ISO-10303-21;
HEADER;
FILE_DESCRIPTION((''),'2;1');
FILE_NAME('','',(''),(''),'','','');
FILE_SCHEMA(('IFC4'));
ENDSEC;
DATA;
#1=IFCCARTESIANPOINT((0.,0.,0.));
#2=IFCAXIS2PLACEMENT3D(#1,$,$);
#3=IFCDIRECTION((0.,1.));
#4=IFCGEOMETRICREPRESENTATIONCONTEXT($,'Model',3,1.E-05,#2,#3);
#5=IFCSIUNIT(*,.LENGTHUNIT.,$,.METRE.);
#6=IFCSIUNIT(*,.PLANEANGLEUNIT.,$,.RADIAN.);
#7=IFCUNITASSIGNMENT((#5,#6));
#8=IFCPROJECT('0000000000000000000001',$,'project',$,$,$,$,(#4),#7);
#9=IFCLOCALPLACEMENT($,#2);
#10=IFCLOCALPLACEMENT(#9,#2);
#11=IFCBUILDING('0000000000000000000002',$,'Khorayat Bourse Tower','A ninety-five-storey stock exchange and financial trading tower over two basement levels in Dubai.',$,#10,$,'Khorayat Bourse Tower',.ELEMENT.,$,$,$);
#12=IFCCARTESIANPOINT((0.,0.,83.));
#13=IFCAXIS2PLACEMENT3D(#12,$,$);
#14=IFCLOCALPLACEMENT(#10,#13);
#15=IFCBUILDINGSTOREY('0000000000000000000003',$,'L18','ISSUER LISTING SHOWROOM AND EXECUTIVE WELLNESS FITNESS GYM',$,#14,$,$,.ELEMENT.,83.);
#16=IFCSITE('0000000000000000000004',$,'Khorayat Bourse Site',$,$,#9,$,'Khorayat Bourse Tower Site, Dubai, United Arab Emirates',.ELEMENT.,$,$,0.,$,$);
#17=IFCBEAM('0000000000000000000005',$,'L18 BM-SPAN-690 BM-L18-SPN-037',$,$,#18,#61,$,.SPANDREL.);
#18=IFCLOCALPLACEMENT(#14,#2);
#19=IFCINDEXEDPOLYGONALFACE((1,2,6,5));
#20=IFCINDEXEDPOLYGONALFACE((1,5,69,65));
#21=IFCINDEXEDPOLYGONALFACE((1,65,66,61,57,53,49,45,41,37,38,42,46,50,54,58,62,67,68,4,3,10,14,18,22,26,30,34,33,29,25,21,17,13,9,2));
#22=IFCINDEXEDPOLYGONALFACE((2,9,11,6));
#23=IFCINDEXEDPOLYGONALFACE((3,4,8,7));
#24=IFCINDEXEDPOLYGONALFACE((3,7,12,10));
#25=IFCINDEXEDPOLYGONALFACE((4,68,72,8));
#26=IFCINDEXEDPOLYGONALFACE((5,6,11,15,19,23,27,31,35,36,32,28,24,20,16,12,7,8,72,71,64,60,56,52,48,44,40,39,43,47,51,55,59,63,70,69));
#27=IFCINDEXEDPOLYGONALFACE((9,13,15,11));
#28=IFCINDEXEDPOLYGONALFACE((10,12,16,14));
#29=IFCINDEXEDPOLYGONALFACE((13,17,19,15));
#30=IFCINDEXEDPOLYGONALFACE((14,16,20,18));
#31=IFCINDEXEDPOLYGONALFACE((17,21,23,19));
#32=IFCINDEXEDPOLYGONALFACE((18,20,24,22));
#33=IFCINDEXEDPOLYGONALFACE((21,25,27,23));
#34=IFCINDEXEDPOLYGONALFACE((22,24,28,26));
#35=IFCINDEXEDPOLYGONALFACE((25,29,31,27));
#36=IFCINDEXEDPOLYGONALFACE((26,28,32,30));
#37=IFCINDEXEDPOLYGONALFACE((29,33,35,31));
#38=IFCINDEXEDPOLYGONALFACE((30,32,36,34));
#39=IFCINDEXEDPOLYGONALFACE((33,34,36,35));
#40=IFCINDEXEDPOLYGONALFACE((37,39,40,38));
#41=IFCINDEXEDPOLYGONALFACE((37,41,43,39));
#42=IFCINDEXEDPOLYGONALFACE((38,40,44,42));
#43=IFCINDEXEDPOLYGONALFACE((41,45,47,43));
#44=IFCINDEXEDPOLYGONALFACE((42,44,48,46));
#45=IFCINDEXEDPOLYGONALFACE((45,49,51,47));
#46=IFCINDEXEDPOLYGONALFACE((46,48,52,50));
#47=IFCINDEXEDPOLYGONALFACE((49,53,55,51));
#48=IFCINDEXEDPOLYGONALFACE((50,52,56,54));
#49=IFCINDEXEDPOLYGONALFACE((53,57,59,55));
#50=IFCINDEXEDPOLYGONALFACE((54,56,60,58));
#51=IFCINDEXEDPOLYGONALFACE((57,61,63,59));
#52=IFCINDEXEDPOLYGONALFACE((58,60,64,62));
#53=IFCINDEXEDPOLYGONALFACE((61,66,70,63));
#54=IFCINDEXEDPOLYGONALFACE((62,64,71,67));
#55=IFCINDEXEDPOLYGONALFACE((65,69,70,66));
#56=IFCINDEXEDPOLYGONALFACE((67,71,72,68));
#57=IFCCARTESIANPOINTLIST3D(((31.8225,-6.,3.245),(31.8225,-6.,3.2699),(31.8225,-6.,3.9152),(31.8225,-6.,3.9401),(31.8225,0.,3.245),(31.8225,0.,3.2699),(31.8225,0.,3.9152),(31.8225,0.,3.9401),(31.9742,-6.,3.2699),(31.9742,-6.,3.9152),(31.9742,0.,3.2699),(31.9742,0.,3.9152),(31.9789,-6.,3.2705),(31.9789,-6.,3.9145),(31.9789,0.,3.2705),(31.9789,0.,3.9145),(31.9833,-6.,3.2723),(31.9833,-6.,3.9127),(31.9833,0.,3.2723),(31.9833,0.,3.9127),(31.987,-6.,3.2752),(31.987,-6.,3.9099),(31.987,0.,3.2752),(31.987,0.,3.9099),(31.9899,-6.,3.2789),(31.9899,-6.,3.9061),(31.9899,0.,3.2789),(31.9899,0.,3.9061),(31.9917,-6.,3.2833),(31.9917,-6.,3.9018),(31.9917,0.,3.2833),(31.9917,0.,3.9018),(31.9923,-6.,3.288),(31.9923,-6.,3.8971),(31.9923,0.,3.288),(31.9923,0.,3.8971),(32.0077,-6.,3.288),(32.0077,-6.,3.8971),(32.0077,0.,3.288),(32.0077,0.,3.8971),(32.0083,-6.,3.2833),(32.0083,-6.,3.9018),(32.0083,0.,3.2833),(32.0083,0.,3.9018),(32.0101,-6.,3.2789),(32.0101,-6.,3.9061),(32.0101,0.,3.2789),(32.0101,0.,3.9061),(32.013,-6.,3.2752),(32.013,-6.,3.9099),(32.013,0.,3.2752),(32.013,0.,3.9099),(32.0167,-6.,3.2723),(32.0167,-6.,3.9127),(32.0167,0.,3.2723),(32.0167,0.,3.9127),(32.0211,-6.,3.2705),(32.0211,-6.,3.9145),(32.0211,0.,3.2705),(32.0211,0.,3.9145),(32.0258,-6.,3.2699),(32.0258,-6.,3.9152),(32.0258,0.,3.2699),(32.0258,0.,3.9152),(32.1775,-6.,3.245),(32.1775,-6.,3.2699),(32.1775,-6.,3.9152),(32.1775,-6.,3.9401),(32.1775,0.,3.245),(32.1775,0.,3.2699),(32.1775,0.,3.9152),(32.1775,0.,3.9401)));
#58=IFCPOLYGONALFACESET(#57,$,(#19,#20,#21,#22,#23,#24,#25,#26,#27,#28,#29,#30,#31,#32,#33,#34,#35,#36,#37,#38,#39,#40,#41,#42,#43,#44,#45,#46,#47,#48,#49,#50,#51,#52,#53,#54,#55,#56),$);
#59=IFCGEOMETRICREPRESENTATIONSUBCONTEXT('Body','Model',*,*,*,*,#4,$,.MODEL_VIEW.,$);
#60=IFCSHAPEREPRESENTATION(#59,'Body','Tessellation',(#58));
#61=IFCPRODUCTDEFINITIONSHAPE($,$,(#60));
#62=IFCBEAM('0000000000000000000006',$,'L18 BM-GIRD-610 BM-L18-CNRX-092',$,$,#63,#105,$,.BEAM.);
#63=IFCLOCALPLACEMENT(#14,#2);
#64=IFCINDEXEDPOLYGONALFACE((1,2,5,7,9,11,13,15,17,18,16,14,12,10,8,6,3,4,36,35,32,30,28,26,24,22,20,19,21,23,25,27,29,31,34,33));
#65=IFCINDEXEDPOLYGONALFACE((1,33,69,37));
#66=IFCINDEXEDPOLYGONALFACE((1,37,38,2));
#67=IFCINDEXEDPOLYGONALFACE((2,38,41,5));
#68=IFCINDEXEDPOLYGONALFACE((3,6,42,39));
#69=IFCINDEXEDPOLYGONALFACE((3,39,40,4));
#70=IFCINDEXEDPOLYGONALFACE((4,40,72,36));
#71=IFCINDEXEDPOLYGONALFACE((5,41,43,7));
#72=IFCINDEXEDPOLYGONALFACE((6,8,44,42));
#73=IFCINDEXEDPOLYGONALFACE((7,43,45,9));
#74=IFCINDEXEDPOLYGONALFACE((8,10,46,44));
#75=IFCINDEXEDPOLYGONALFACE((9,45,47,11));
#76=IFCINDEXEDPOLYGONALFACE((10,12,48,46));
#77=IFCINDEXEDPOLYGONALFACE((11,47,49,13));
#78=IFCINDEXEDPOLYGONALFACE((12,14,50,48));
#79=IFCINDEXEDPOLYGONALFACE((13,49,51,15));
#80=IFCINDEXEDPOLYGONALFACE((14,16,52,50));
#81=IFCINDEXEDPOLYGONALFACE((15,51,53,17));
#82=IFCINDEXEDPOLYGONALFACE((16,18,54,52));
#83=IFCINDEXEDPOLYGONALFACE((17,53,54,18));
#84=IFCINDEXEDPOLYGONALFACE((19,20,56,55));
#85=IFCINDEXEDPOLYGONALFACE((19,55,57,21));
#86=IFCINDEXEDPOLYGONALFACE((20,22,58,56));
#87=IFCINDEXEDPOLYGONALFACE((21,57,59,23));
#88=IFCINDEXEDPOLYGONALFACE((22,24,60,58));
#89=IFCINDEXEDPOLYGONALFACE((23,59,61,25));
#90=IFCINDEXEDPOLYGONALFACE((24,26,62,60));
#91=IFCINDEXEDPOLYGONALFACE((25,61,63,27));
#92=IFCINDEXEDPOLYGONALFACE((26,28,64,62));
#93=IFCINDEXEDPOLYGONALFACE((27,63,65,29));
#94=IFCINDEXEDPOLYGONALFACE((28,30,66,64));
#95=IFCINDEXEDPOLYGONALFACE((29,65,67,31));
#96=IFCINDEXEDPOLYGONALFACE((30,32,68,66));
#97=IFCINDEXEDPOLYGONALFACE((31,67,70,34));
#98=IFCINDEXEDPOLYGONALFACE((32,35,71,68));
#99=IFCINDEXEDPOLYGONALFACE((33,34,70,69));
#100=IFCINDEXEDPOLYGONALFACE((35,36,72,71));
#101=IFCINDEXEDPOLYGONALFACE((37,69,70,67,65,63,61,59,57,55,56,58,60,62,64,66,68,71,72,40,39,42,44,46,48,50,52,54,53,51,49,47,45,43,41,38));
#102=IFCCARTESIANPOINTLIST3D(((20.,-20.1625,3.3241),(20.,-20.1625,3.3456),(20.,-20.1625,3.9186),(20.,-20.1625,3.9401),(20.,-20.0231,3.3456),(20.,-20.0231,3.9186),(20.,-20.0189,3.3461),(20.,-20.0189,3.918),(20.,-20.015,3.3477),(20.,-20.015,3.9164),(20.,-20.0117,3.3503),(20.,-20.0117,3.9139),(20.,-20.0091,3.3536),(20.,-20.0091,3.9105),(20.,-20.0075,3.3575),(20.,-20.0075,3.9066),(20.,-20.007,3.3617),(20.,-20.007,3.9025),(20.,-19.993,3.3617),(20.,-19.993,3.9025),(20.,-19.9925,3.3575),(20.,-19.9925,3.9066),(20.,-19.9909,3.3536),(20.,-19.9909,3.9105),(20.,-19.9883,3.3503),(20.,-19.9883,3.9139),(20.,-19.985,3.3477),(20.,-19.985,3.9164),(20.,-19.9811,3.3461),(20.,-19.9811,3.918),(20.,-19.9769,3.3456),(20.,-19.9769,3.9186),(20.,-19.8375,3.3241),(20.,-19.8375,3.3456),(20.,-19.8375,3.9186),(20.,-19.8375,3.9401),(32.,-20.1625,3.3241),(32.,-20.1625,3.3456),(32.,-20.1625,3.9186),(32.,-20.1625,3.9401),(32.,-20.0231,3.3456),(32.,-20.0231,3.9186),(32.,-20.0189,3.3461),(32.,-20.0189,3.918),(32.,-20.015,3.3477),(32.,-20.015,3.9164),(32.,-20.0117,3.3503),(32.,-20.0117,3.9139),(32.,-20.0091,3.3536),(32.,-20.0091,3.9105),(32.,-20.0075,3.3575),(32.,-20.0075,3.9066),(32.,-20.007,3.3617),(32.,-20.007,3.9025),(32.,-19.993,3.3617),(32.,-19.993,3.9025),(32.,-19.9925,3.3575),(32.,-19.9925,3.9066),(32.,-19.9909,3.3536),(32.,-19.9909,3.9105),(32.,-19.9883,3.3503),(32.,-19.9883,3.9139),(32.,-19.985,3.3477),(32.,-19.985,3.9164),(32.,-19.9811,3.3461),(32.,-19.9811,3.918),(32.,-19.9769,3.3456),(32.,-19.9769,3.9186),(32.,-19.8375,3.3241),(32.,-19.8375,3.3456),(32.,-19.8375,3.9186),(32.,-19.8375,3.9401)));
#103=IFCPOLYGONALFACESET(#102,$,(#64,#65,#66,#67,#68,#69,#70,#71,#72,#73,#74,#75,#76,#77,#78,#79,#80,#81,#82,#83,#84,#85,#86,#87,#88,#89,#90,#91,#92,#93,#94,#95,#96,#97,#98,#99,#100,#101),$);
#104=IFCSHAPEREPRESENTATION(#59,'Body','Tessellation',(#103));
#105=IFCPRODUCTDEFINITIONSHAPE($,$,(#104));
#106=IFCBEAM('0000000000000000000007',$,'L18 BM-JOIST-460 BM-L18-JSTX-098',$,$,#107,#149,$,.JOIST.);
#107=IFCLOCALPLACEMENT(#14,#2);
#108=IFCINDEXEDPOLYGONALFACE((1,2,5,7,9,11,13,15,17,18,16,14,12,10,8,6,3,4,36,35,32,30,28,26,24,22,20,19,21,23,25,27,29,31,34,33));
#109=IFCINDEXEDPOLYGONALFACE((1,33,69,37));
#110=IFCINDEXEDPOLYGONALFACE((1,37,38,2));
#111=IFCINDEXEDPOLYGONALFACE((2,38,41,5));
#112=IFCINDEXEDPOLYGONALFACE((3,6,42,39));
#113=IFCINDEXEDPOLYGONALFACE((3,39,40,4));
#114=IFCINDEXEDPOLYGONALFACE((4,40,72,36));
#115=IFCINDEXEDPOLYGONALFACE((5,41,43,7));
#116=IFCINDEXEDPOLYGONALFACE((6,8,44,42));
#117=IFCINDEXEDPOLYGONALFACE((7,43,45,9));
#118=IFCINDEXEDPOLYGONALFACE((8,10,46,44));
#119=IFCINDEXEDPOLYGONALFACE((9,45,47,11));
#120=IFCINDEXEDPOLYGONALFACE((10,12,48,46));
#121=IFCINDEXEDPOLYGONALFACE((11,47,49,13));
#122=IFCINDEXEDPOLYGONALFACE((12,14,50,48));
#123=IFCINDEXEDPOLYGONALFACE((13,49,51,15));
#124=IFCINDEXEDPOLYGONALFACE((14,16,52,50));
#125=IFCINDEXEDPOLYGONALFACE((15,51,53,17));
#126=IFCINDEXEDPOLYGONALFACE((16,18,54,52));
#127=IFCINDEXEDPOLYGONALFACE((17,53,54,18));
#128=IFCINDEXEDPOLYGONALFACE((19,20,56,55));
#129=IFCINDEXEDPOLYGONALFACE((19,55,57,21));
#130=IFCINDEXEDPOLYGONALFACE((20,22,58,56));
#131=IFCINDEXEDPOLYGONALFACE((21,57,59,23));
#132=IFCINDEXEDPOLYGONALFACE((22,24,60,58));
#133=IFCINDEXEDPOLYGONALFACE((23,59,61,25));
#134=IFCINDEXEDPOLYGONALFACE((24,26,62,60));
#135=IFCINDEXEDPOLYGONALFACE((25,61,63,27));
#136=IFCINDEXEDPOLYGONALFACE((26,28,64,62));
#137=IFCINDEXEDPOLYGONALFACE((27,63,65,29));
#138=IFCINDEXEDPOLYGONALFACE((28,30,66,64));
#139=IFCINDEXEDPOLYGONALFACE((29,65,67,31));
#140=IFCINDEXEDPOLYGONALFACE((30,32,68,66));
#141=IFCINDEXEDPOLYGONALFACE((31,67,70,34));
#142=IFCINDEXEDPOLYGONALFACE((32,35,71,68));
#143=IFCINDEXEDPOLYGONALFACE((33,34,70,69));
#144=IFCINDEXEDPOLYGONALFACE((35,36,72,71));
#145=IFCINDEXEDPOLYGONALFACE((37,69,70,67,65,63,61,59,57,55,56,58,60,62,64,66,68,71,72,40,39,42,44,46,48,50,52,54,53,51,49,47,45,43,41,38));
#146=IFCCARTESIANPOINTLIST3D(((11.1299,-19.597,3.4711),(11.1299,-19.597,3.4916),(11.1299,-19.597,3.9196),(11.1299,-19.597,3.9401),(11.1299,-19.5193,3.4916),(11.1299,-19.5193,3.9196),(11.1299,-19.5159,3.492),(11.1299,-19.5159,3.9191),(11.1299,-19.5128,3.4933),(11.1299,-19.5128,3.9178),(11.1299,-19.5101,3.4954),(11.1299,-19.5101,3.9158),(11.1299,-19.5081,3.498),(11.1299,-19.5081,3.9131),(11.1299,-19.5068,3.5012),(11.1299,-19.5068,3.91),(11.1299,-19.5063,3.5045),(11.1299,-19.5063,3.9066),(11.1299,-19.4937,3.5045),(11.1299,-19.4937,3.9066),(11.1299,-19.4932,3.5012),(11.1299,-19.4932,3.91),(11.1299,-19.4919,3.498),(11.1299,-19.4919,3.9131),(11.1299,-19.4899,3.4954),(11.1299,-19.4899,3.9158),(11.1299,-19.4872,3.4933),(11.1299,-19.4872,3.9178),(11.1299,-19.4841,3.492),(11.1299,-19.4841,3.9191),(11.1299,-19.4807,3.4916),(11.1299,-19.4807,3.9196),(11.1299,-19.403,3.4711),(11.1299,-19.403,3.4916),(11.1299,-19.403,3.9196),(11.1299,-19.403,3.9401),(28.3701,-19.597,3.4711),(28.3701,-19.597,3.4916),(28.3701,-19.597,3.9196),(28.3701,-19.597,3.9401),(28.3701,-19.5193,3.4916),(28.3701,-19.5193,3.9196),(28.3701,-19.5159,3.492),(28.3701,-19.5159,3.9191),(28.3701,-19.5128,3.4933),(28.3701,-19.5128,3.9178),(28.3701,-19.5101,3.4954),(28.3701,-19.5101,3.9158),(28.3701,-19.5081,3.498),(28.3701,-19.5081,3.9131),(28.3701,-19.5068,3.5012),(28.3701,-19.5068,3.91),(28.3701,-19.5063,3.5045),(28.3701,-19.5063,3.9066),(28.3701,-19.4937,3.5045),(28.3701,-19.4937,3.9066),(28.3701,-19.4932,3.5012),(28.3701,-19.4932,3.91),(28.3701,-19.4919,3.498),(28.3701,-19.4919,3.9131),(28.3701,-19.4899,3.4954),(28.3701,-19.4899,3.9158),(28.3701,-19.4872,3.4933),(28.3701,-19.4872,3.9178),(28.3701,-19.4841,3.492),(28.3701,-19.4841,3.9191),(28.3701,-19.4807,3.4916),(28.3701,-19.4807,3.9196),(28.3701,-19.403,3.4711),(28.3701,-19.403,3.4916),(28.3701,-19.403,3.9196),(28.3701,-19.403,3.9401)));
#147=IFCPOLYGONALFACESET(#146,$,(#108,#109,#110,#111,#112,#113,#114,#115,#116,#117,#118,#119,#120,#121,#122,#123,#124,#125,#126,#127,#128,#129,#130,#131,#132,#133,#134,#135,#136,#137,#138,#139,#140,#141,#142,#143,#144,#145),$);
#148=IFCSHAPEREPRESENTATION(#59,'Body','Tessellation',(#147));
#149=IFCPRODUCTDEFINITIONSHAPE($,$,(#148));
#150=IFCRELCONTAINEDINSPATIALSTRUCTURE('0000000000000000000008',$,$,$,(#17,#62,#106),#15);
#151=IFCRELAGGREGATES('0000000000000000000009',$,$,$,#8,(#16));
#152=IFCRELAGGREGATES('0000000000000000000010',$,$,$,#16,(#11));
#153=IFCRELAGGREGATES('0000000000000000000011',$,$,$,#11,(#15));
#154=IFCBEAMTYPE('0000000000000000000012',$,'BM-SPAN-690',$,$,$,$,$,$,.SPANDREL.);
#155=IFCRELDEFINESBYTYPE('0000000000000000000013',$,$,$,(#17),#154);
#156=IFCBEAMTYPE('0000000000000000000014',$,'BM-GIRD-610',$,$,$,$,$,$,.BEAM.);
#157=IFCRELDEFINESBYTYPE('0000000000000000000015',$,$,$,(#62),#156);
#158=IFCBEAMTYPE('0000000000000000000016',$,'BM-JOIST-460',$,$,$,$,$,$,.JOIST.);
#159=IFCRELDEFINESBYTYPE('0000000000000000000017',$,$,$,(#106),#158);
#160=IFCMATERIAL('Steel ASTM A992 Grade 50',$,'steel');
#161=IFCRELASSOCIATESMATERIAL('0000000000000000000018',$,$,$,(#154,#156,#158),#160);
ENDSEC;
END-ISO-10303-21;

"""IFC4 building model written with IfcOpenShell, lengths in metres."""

from ifc_helpers import new_model, si_unit, direction, frame, origin, origin_2d, place, context, subcontext, project, spatial, i_section, extrude, source, transform, mapped, material, material_profile, profile_set, type_object, element, save


model = new_model("IFC4")

# Units and contexts
model_context = context("Model", 3, precision=1e-05, world=origin(), true_north=direction((0.0, 1.0)))
body_context = subcontext(model_context, "Body", "Model", "MODEL_VIEW")
ifc_project = project(units=[si_unit("LENGTHUNIT", "METRE"), si_unit("PLANEANGLEUNIT", "RADIAN")], contexts=[model_context])

# Site, building, storey
site_placement = place(None, origin())
site = spatial("IfcSite", under=ifc_project, at=site_placement, Name="Khorayat Bourse Site", LongName="Khorayat Bourse Tower Site, Dubai, United Arab Emirates", CompositionType="ELEMENT", RefElevation=0.0)
building_placement = place(site_placement, origin())
building = spatial("IfcBuilding", under=site, at=building_placement, Name="Khorayat Bourse Tower", Description="A ninety-five-storey stock exchange and financial trading tower over two basement levels in Dubai.", LongName="Khorayat Bourse Tower", CompositionType="ELEMENT")
storey_placement = place(building_placement, frame((0.0, 0.0, 83.0)))
storey = spatial("IfcBuildingStorey", under=building, at=storey_placement, Name="L18", Description="ISSUER LISTING SHOWROOM AND EXECUTIVE WELLNESS FITNESS GYM", CompositionType="ELEMENT", Elevation=83.0)

# Beams
ifc_material_1 = material(Name="Steel ASTM A992 Grade 50", Category="steel")
ifc_material_profile_1 = material_profile(ifc_material_1, i_section(OverallWidth=0.355, OverallDepth=0.6951, WebThickness=0.0154, FlangeThickness=0.0249, FilletRadius=0.0181, at=origin_2d()), Name="W690X217")
ifc_profile_set_1 = profile_set([ifc_material_profile_1], Name="Steel ASTM A992 Grade 50")
beam_type_1 = type_object("IfcBeamType", Name="BM-SPAN-690", PredefinedType="SPANDREL", material=ifc_profile_set_1)
shared_shape_1 = source(origin(), body_context, "Body", "SweptSolid", [
    extrude(i_section(OverallWidth=0.355, OverallDepth=0.6951, WebThickness=0.0154, FlangeThickness=0.0249, FilletRadius=0.0181, at=origin_2d()), origin(), (0.0, 0.0, 1.0), 6.0),
])
beam_1_placement = place(storey_placement, frame((32.0, -6.0, 3.5925), z_axis=(0.0, 1.0, 0.0), x_axis=(-1.0, 0.0, 0.0)))
element("IfcBeam", 1, at=beam_1_placement, inside=storey, type_object=beam_type_1, Name="L18 BM-SPAN-690 BM-L18-SPN-037", PredefinedType="SPANDREL", context=body_context, shape_type="MappedRepresentation", body=[
    mapped(shared_shape_1, transform((0.0, 0.0, 0.0), scale=1.0)),
])
ifc_material_profile_2 = material_profile(ifc_material_1, i_section(OverallWidth=0.325, OverallDepth=0.616, WebThickness=0.0139, FlangeThickness=0.0215, FilletRadius=0.0161, at=origin_2d()), Name="W610X174")
ifc_profile_set_2 = profile_set([ifc_material_profile_2], Name="Steel ASTM A992 Grade 50")
beam_type_2 = type_object("IfcBeamType", Name="BM-GIRD-610", PredefinedType="BEAM", material=ifc_profile_set_2)
shared_shape_2 = source(origin(), body_context, "Body", "SweptSolid", [
    extrude(i_section(OverallWidth=0.325, OverallDepth=0.616, WebThickness=0.0139, FlangeThickness=0.0215, FilletRadius=0.0161, at=origin_2d()), origin(), (0.0, 0.0, 1.0), 12.0),
])
beam_2_placement = place(storey_placement, frame((20.0, -20.0, 3.6321), z_axis=(1.0, 0.0, 0.0), x_axis=(0.0, 1.0, 0.0)))
element("IfcBeam", 2, at=beam_2_placement, inside=storey, type_object=beam_type_2, Name="L18 BM-GIRD-610 BM-L18-CNRX-092", PredefinedType="BEAM", context=body_context, shape_type="MappedRepresentation", body=[
    mapped(shared_shape_2, transform((0.0, 0.0, 0.0), scale=1.0)),
])
ifc_material_profile_3 = material_profile(ifc_material_1, i_section(OverallWidth=0.1941, OverallDepth=0.469, WebThickness=0.0127, FlangeThickness=0.0205, FilletRadius=0.0129, at=origin_2d()), Name="W460X106")
ifc_profile_set_3 = profile_set([ifc_material_profile_3], Name="Steel ASTM A992 Grade 50")
beam_type_3 = type_object("IfcBeamType", Name="BM-JOIST-460", PredefinedType="JOIST", material=ifc_profile_set_3)
shared_shape_3 = source(origin(), body_context, "Body", "SweptSolid", [
    extrude(i_section(OverallWidth=0.1941, OverallDepth=0.469, WebThickness=0.0127, FlangeThickness=0.0205, FilletRadius=0.0129, at=origin_2d()), origin(), (0.0, 0.0, 1.0), 17.2402),
])
beam_3_placement = place(storey_placement, frame((11.1299, -19.5, 3.7056), z_axis=(1.0, 0.0, 0.0), x_axis=(0.0, 1.0, 0.0)))
element("IfcBeam", 3, at=beam_3_placement, inside=storey, type_object=beam_type_3, Name="L18 BM-JOIST-460 BM-L18-JSTX-098", PredefinedType="JOIST", context=body_context, shape_type="MappedRepresentation", body=[
    mapped(shared_shape_3, transform((0.0, 0.0, 0.0), scale=1.0)),
])

save(model, "model.ifc")
